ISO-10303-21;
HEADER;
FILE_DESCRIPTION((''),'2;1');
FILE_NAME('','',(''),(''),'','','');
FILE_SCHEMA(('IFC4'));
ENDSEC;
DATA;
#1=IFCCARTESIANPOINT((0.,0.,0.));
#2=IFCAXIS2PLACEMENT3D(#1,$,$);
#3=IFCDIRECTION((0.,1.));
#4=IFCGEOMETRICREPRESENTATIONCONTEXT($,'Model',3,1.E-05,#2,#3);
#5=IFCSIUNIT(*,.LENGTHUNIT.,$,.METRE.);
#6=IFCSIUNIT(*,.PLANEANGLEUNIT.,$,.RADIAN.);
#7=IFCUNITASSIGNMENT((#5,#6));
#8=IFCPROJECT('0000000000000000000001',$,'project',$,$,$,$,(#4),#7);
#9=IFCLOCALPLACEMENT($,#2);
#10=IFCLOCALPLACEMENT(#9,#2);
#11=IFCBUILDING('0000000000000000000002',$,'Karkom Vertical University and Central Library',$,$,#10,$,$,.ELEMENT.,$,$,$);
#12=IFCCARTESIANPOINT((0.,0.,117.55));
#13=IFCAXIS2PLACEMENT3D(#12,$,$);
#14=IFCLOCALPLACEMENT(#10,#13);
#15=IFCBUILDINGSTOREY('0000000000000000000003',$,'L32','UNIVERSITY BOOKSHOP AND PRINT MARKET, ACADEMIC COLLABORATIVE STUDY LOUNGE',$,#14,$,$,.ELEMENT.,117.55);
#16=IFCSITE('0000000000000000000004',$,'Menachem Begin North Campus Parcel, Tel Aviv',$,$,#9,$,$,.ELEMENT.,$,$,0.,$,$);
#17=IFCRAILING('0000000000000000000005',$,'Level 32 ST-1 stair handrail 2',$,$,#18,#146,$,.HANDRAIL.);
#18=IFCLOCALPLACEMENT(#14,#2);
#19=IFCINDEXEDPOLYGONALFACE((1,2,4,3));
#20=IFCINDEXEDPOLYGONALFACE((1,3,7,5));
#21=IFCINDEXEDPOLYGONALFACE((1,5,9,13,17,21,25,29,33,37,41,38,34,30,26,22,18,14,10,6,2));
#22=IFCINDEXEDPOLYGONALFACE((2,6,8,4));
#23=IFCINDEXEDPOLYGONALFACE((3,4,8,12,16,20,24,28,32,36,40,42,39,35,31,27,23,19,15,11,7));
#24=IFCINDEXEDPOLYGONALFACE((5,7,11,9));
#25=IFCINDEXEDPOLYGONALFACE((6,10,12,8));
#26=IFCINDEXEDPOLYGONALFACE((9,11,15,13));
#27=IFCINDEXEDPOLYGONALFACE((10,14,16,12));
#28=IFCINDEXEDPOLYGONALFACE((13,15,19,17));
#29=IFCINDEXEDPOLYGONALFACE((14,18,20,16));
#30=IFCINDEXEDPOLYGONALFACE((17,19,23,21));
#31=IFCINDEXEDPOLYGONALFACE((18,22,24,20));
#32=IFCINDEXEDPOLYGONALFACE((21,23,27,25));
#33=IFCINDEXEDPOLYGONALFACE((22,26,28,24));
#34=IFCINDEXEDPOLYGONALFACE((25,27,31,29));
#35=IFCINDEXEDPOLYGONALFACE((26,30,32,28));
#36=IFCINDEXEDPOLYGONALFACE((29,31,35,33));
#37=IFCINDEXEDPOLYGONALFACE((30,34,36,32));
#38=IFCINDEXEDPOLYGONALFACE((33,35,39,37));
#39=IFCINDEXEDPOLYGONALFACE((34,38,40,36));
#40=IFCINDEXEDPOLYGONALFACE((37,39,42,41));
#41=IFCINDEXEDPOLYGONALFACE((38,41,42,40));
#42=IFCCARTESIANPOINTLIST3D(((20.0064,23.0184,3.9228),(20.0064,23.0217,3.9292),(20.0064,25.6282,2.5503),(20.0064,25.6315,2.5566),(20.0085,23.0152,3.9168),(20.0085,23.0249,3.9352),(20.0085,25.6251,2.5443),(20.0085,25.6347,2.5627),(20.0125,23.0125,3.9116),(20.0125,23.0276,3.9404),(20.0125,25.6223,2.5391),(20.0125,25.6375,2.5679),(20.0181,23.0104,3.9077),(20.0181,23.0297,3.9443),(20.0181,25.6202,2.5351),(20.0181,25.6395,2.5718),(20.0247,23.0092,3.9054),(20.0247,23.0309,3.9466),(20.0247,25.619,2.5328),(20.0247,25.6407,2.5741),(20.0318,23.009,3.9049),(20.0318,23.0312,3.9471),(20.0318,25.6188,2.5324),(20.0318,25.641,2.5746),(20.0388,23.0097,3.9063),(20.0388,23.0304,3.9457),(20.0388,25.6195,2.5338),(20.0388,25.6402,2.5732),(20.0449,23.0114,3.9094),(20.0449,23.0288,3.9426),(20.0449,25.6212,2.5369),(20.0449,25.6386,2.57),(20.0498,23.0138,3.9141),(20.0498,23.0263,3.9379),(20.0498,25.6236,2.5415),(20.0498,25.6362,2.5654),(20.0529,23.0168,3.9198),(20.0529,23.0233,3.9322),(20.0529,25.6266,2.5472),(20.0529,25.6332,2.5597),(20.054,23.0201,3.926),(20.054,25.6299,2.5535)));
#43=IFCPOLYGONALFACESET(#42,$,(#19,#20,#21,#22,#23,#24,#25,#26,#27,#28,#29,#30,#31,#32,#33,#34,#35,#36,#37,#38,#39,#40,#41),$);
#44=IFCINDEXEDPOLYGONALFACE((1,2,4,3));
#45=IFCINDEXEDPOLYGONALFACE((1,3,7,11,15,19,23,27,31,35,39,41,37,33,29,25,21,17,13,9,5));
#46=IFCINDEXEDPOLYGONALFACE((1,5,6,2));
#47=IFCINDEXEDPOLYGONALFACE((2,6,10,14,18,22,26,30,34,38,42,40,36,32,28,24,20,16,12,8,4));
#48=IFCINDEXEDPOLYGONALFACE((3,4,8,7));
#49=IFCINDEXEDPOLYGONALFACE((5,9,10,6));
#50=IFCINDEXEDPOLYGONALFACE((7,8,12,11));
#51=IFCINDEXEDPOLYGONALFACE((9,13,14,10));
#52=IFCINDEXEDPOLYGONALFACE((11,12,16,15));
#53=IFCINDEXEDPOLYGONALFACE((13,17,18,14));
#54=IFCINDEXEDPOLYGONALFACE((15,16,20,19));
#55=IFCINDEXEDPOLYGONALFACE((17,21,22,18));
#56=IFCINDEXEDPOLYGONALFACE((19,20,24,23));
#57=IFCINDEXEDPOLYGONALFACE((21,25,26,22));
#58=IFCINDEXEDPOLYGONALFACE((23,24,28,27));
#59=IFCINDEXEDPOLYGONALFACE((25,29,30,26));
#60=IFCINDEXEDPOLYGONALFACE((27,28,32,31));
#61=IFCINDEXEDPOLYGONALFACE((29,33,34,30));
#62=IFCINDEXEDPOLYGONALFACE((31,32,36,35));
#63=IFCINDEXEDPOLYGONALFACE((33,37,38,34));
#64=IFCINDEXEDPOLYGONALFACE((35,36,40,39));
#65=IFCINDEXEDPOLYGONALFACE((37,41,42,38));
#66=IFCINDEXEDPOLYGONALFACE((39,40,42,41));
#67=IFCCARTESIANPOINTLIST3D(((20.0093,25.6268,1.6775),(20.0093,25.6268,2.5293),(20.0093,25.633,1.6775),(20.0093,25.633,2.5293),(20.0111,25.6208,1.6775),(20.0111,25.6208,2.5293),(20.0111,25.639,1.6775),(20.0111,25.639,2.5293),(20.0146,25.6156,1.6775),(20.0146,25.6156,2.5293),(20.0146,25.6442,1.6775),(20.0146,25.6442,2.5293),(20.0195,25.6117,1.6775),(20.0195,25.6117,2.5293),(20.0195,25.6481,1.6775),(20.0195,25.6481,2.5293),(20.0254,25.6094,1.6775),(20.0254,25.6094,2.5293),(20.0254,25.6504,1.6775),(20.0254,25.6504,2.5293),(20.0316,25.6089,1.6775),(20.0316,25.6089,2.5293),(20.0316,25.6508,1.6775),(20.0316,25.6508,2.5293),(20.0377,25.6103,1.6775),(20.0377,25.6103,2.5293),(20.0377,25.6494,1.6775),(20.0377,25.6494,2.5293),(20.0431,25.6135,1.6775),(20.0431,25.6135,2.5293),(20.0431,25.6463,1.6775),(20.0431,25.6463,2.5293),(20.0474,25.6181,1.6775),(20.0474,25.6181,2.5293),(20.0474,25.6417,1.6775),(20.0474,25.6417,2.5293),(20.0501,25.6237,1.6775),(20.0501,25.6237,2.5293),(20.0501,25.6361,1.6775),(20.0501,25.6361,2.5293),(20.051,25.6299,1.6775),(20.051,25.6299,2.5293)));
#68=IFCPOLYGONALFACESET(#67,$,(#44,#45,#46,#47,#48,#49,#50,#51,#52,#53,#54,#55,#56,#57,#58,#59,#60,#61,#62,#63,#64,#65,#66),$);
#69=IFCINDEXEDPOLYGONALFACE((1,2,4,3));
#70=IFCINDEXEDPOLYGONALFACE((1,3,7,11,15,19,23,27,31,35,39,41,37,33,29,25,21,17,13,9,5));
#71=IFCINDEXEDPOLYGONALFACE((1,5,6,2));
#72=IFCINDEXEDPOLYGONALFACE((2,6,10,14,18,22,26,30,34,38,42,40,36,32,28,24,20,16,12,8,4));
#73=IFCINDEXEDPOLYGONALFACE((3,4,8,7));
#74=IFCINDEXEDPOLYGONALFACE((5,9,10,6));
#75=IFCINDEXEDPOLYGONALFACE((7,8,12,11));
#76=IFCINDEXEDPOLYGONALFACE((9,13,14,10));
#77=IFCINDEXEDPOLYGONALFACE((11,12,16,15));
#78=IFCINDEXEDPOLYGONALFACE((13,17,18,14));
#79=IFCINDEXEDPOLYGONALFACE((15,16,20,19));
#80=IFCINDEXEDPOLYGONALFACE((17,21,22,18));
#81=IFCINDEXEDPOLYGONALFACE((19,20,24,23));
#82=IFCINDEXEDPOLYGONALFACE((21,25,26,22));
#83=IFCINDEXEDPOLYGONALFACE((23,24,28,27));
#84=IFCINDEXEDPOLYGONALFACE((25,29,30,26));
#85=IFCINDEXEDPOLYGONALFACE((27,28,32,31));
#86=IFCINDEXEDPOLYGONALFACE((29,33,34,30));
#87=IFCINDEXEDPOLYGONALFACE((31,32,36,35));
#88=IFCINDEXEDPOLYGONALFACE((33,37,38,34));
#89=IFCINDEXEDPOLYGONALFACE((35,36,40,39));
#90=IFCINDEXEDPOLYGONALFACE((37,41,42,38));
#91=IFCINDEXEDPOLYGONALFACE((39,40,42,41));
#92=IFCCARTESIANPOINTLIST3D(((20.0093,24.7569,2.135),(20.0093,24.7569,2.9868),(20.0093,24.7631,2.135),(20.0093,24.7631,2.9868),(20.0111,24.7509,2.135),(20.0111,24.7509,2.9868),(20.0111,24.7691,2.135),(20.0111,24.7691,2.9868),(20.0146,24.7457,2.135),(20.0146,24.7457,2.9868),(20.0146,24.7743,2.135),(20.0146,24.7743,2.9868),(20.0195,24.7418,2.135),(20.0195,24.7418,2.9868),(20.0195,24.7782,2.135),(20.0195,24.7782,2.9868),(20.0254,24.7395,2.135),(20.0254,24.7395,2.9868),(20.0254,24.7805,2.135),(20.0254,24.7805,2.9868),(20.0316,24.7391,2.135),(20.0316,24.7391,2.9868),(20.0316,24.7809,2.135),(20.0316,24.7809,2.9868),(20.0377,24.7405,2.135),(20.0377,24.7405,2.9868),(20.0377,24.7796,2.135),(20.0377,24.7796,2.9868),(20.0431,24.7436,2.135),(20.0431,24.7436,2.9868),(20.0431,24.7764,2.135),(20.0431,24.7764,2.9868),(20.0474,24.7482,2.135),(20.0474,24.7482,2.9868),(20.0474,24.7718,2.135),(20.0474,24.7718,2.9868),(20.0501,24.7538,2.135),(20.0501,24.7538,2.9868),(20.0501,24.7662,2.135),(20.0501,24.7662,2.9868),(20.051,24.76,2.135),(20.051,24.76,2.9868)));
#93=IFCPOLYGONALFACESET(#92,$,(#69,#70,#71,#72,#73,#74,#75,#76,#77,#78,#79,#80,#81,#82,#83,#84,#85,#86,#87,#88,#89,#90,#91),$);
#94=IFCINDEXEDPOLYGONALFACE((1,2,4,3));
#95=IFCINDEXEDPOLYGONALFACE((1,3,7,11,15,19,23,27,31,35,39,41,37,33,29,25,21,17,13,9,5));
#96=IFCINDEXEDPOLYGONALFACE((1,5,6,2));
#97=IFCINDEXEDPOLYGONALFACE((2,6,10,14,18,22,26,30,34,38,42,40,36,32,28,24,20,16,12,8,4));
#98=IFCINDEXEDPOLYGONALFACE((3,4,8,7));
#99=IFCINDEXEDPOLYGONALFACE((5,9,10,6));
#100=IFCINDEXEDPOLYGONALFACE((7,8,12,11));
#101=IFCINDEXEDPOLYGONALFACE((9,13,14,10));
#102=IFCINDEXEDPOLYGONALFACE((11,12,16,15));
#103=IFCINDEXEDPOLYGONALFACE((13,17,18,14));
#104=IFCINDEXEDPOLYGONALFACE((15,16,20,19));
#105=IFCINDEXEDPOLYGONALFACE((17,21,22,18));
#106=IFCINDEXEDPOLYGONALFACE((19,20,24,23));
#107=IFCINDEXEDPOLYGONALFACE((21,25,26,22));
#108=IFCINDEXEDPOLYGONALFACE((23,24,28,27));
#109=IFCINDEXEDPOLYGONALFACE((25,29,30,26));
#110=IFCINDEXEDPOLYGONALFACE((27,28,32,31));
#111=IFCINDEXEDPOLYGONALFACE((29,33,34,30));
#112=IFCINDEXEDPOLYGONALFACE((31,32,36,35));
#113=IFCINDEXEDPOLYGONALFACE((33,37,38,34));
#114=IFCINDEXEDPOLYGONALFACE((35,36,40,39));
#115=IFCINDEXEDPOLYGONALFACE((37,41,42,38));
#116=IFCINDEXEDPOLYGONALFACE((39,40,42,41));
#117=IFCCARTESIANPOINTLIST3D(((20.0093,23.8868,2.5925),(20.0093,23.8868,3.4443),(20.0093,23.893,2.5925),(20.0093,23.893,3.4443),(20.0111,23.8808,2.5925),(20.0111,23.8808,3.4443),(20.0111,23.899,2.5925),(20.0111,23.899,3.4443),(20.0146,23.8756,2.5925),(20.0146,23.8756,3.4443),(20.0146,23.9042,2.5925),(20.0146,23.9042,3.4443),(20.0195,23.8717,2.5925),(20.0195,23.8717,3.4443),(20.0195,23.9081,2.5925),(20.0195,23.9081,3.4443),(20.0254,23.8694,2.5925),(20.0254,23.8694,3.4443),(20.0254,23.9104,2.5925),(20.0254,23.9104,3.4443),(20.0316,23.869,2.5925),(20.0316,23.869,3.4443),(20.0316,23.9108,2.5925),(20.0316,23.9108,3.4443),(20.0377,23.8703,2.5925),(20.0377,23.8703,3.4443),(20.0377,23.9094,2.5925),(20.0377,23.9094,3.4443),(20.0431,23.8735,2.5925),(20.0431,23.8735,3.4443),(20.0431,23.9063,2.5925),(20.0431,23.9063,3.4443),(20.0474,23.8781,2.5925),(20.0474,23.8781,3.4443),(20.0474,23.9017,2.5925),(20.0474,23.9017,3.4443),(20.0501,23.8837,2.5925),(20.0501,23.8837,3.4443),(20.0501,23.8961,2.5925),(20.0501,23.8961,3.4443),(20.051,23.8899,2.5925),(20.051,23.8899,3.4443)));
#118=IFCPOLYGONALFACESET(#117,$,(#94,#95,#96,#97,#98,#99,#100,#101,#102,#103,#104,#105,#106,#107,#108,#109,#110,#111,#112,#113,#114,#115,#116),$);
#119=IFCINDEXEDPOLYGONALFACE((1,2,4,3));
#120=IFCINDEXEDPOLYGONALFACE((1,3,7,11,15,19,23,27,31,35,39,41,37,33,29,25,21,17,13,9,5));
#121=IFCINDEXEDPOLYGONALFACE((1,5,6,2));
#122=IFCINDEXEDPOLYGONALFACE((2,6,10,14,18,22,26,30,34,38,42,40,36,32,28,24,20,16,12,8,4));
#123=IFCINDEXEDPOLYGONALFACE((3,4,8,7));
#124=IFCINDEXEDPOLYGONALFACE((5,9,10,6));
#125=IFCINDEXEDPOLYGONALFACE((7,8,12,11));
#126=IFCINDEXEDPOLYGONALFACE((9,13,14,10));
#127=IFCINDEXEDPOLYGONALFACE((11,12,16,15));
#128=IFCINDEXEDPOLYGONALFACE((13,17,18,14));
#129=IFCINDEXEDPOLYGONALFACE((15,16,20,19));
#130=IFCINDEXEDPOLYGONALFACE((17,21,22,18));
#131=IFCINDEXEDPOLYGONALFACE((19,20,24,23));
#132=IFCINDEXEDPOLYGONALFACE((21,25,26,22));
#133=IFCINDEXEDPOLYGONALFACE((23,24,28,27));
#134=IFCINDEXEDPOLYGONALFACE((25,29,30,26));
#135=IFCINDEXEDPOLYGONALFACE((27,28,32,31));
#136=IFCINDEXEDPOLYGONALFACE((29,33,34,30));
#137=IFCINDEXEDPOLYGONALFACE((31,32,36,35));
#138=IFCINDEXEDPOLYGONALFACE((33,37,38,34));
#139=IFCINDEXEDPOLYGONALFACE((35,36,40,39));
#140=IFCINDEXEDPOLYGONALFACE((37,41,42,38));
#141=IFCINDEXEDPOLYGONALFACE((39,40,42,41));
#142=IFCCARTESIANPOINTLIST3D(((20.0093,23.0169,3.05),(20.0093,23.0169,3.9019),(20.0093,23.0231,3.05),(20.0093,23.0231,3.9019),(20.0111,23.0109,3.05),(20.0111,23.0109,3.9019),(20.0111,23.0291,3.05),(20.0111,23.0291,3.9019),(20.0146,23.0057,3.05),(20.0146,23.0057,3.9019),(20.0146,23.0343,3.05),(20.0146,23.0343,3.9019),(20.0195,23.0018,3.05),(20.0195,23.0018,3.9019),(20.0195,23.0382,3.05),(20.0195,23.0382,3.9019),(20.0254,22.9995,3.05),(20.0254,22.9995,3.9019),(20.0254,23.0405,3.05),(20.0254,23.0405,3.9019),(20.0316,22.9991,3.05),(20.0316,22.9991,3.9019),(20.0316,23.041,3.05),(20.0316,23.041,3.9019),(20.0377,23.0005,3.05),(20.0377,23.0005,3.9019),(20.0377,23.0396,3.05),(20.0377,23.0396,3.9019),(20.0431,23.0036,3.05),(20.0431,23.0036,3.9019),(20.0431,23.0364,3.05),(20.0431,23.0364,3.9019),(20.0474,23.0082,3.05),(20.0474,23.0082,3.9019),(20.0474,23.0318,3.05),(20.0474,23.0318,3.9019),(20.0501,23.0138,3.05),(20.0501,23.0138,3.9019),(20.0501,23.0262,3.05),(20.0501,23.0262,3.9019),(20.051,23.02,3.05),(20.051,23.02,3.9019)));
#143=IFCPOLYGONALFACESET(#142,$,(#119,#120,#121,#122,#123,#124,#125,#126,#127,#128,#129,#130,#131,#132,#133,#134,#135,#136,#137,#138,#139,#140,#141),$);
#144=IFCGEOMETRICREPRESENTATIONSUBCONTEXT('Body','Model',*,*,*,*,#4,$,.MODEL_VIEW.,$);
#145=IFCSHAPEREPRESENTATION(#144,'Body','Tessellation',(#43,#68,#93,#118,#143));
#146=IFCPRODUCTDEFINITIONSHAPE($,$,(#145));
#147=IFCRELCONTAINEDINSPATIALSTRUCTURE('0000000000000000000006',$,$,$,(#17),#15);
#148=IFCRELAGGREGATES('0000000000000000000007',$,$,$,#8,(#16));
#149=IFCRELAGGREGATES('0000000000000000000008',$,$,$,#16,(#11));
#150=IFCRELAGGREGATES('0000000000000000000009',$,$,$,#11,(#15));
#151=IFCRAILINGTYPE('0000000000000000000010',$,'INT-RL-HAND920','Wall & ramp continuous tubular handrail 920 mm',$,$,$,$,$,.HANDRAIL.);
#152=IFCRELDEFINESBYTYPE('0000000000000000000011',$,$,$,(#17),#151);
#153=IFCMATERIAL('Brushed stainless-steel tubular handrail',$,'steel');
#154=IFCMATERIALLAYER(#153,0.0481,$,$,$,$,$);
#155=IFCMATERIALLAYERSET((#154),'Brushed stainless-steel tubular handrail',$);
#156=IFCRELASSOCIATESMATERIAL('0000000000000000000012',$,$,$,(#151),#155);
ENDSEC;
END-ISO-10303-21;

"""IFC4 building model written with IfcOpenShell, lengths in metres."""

from ifc_helpers import new_model, si_unit, direction, frame, origin, origin_2d, place, context, subcontext, project, spatial, circle, extrude, material, layer, layer_set, type_object, element, save


model = new_model("IFC4")

# Units and contexts
model_context = context("Model", 3, precision=1e-05, world=origin(), true_north=direction((0.0, 1.0)))
body_context = subcontext(model_context, "Body", "Model", "MODEL_VIEW")
ifc_project = project(units=[si_unit("LENGTHUNIT", "METRE"), si_unit("PLANEANGLEUNIT", "RADIAN")], contexts=[model_context])

# Site, building, storey
site_placement = place(None, origin())
site = spatial("IfcSite", under=ifc_project, at=site_placement, Name="Menachem Begin North Campus Parcel, Tel Aviv", CompositionType="ELEMENT", RefElevation=0.0)
building_placement = place(site_placement, origin())
building = spatial("IfcBuilding", under=site, at=building_placement, Name="Karkom Vertical University and Central Library", CompositionType="ELEMENT")
storey_placement = place(building_placement, frame((0.0, 0.0, 117.55)))
storey = spatial("IfcBuildingStorey", under=building, at=storey_placement, Name="L32", Description="UNIVERSITY BOOKSHOP AND PRINT MARKET, ACADEMIC COLLABORATIVE STUDY LOUNGE", CompositionType="ELEMENT", Elevation=117.55)

# Railing
ifc_material_1 = material(Name="Brushed stainless-steel tubular handrail", Category="steel")
ifc_layer_1 = layer(ifc_material_1, 0.0481)
ifc_layer_set_1 = layer_set([ifc_layer_1], Name="Brushed stainless-steel tubular handrail")
railing_type_1 = type_object("IfcRailingType", Name="INT-RL-HAND920", Description="Wall & ramp continuous tubular handrail 920 mm", PredefinedType="HANDRAIL", material=ifc_layer_set_1)
railing_1_placement = place(storey_placement, frame((20.03, 25.6299, 1.6775)))
element("IfcRailing", 1, at=railing_1_placement, inside=storey, type_object=railing_type_1, Name="Level 32 ST-1 stair handrail 2", PredefinedType="HANDRAIL", context=body_context, shape_type="SweptSolid", body=[
    extrude(circle(Radius=0.0239, at=origin_2d()), frame((0.0, 0.0, 0.876), z_axis=(0.0, -0.885065, 0.465467), x_axis=(1.0, 0.0, 0.0)), (0.0, 0.0, 1.0), 2.9487),
    extrude(circle(Radius=0.021, at=origin_2d()), origin(), (0.0, 0.0, 1.0), 0.8518),
    extrude(circle(Radius=0.021, at=origin_2d()), frame((0.0, -0.8699, 0.4575)), (0.0, 0.0, 1.0), 0.8518),
    extrude(circle(Radius=0.021, at=origin_2d()), frame((0.0, -1.74, 0.915)), (0.0, 0.0, 1.0), 0.8518),
    extrude(circle(Radius=0.021, at=origin_2d()), frame((0.0, -2.6099, 1.3726)), (0.0, 0.0, 1.0), 0.8518),
])

save(model, "model.ifc")
